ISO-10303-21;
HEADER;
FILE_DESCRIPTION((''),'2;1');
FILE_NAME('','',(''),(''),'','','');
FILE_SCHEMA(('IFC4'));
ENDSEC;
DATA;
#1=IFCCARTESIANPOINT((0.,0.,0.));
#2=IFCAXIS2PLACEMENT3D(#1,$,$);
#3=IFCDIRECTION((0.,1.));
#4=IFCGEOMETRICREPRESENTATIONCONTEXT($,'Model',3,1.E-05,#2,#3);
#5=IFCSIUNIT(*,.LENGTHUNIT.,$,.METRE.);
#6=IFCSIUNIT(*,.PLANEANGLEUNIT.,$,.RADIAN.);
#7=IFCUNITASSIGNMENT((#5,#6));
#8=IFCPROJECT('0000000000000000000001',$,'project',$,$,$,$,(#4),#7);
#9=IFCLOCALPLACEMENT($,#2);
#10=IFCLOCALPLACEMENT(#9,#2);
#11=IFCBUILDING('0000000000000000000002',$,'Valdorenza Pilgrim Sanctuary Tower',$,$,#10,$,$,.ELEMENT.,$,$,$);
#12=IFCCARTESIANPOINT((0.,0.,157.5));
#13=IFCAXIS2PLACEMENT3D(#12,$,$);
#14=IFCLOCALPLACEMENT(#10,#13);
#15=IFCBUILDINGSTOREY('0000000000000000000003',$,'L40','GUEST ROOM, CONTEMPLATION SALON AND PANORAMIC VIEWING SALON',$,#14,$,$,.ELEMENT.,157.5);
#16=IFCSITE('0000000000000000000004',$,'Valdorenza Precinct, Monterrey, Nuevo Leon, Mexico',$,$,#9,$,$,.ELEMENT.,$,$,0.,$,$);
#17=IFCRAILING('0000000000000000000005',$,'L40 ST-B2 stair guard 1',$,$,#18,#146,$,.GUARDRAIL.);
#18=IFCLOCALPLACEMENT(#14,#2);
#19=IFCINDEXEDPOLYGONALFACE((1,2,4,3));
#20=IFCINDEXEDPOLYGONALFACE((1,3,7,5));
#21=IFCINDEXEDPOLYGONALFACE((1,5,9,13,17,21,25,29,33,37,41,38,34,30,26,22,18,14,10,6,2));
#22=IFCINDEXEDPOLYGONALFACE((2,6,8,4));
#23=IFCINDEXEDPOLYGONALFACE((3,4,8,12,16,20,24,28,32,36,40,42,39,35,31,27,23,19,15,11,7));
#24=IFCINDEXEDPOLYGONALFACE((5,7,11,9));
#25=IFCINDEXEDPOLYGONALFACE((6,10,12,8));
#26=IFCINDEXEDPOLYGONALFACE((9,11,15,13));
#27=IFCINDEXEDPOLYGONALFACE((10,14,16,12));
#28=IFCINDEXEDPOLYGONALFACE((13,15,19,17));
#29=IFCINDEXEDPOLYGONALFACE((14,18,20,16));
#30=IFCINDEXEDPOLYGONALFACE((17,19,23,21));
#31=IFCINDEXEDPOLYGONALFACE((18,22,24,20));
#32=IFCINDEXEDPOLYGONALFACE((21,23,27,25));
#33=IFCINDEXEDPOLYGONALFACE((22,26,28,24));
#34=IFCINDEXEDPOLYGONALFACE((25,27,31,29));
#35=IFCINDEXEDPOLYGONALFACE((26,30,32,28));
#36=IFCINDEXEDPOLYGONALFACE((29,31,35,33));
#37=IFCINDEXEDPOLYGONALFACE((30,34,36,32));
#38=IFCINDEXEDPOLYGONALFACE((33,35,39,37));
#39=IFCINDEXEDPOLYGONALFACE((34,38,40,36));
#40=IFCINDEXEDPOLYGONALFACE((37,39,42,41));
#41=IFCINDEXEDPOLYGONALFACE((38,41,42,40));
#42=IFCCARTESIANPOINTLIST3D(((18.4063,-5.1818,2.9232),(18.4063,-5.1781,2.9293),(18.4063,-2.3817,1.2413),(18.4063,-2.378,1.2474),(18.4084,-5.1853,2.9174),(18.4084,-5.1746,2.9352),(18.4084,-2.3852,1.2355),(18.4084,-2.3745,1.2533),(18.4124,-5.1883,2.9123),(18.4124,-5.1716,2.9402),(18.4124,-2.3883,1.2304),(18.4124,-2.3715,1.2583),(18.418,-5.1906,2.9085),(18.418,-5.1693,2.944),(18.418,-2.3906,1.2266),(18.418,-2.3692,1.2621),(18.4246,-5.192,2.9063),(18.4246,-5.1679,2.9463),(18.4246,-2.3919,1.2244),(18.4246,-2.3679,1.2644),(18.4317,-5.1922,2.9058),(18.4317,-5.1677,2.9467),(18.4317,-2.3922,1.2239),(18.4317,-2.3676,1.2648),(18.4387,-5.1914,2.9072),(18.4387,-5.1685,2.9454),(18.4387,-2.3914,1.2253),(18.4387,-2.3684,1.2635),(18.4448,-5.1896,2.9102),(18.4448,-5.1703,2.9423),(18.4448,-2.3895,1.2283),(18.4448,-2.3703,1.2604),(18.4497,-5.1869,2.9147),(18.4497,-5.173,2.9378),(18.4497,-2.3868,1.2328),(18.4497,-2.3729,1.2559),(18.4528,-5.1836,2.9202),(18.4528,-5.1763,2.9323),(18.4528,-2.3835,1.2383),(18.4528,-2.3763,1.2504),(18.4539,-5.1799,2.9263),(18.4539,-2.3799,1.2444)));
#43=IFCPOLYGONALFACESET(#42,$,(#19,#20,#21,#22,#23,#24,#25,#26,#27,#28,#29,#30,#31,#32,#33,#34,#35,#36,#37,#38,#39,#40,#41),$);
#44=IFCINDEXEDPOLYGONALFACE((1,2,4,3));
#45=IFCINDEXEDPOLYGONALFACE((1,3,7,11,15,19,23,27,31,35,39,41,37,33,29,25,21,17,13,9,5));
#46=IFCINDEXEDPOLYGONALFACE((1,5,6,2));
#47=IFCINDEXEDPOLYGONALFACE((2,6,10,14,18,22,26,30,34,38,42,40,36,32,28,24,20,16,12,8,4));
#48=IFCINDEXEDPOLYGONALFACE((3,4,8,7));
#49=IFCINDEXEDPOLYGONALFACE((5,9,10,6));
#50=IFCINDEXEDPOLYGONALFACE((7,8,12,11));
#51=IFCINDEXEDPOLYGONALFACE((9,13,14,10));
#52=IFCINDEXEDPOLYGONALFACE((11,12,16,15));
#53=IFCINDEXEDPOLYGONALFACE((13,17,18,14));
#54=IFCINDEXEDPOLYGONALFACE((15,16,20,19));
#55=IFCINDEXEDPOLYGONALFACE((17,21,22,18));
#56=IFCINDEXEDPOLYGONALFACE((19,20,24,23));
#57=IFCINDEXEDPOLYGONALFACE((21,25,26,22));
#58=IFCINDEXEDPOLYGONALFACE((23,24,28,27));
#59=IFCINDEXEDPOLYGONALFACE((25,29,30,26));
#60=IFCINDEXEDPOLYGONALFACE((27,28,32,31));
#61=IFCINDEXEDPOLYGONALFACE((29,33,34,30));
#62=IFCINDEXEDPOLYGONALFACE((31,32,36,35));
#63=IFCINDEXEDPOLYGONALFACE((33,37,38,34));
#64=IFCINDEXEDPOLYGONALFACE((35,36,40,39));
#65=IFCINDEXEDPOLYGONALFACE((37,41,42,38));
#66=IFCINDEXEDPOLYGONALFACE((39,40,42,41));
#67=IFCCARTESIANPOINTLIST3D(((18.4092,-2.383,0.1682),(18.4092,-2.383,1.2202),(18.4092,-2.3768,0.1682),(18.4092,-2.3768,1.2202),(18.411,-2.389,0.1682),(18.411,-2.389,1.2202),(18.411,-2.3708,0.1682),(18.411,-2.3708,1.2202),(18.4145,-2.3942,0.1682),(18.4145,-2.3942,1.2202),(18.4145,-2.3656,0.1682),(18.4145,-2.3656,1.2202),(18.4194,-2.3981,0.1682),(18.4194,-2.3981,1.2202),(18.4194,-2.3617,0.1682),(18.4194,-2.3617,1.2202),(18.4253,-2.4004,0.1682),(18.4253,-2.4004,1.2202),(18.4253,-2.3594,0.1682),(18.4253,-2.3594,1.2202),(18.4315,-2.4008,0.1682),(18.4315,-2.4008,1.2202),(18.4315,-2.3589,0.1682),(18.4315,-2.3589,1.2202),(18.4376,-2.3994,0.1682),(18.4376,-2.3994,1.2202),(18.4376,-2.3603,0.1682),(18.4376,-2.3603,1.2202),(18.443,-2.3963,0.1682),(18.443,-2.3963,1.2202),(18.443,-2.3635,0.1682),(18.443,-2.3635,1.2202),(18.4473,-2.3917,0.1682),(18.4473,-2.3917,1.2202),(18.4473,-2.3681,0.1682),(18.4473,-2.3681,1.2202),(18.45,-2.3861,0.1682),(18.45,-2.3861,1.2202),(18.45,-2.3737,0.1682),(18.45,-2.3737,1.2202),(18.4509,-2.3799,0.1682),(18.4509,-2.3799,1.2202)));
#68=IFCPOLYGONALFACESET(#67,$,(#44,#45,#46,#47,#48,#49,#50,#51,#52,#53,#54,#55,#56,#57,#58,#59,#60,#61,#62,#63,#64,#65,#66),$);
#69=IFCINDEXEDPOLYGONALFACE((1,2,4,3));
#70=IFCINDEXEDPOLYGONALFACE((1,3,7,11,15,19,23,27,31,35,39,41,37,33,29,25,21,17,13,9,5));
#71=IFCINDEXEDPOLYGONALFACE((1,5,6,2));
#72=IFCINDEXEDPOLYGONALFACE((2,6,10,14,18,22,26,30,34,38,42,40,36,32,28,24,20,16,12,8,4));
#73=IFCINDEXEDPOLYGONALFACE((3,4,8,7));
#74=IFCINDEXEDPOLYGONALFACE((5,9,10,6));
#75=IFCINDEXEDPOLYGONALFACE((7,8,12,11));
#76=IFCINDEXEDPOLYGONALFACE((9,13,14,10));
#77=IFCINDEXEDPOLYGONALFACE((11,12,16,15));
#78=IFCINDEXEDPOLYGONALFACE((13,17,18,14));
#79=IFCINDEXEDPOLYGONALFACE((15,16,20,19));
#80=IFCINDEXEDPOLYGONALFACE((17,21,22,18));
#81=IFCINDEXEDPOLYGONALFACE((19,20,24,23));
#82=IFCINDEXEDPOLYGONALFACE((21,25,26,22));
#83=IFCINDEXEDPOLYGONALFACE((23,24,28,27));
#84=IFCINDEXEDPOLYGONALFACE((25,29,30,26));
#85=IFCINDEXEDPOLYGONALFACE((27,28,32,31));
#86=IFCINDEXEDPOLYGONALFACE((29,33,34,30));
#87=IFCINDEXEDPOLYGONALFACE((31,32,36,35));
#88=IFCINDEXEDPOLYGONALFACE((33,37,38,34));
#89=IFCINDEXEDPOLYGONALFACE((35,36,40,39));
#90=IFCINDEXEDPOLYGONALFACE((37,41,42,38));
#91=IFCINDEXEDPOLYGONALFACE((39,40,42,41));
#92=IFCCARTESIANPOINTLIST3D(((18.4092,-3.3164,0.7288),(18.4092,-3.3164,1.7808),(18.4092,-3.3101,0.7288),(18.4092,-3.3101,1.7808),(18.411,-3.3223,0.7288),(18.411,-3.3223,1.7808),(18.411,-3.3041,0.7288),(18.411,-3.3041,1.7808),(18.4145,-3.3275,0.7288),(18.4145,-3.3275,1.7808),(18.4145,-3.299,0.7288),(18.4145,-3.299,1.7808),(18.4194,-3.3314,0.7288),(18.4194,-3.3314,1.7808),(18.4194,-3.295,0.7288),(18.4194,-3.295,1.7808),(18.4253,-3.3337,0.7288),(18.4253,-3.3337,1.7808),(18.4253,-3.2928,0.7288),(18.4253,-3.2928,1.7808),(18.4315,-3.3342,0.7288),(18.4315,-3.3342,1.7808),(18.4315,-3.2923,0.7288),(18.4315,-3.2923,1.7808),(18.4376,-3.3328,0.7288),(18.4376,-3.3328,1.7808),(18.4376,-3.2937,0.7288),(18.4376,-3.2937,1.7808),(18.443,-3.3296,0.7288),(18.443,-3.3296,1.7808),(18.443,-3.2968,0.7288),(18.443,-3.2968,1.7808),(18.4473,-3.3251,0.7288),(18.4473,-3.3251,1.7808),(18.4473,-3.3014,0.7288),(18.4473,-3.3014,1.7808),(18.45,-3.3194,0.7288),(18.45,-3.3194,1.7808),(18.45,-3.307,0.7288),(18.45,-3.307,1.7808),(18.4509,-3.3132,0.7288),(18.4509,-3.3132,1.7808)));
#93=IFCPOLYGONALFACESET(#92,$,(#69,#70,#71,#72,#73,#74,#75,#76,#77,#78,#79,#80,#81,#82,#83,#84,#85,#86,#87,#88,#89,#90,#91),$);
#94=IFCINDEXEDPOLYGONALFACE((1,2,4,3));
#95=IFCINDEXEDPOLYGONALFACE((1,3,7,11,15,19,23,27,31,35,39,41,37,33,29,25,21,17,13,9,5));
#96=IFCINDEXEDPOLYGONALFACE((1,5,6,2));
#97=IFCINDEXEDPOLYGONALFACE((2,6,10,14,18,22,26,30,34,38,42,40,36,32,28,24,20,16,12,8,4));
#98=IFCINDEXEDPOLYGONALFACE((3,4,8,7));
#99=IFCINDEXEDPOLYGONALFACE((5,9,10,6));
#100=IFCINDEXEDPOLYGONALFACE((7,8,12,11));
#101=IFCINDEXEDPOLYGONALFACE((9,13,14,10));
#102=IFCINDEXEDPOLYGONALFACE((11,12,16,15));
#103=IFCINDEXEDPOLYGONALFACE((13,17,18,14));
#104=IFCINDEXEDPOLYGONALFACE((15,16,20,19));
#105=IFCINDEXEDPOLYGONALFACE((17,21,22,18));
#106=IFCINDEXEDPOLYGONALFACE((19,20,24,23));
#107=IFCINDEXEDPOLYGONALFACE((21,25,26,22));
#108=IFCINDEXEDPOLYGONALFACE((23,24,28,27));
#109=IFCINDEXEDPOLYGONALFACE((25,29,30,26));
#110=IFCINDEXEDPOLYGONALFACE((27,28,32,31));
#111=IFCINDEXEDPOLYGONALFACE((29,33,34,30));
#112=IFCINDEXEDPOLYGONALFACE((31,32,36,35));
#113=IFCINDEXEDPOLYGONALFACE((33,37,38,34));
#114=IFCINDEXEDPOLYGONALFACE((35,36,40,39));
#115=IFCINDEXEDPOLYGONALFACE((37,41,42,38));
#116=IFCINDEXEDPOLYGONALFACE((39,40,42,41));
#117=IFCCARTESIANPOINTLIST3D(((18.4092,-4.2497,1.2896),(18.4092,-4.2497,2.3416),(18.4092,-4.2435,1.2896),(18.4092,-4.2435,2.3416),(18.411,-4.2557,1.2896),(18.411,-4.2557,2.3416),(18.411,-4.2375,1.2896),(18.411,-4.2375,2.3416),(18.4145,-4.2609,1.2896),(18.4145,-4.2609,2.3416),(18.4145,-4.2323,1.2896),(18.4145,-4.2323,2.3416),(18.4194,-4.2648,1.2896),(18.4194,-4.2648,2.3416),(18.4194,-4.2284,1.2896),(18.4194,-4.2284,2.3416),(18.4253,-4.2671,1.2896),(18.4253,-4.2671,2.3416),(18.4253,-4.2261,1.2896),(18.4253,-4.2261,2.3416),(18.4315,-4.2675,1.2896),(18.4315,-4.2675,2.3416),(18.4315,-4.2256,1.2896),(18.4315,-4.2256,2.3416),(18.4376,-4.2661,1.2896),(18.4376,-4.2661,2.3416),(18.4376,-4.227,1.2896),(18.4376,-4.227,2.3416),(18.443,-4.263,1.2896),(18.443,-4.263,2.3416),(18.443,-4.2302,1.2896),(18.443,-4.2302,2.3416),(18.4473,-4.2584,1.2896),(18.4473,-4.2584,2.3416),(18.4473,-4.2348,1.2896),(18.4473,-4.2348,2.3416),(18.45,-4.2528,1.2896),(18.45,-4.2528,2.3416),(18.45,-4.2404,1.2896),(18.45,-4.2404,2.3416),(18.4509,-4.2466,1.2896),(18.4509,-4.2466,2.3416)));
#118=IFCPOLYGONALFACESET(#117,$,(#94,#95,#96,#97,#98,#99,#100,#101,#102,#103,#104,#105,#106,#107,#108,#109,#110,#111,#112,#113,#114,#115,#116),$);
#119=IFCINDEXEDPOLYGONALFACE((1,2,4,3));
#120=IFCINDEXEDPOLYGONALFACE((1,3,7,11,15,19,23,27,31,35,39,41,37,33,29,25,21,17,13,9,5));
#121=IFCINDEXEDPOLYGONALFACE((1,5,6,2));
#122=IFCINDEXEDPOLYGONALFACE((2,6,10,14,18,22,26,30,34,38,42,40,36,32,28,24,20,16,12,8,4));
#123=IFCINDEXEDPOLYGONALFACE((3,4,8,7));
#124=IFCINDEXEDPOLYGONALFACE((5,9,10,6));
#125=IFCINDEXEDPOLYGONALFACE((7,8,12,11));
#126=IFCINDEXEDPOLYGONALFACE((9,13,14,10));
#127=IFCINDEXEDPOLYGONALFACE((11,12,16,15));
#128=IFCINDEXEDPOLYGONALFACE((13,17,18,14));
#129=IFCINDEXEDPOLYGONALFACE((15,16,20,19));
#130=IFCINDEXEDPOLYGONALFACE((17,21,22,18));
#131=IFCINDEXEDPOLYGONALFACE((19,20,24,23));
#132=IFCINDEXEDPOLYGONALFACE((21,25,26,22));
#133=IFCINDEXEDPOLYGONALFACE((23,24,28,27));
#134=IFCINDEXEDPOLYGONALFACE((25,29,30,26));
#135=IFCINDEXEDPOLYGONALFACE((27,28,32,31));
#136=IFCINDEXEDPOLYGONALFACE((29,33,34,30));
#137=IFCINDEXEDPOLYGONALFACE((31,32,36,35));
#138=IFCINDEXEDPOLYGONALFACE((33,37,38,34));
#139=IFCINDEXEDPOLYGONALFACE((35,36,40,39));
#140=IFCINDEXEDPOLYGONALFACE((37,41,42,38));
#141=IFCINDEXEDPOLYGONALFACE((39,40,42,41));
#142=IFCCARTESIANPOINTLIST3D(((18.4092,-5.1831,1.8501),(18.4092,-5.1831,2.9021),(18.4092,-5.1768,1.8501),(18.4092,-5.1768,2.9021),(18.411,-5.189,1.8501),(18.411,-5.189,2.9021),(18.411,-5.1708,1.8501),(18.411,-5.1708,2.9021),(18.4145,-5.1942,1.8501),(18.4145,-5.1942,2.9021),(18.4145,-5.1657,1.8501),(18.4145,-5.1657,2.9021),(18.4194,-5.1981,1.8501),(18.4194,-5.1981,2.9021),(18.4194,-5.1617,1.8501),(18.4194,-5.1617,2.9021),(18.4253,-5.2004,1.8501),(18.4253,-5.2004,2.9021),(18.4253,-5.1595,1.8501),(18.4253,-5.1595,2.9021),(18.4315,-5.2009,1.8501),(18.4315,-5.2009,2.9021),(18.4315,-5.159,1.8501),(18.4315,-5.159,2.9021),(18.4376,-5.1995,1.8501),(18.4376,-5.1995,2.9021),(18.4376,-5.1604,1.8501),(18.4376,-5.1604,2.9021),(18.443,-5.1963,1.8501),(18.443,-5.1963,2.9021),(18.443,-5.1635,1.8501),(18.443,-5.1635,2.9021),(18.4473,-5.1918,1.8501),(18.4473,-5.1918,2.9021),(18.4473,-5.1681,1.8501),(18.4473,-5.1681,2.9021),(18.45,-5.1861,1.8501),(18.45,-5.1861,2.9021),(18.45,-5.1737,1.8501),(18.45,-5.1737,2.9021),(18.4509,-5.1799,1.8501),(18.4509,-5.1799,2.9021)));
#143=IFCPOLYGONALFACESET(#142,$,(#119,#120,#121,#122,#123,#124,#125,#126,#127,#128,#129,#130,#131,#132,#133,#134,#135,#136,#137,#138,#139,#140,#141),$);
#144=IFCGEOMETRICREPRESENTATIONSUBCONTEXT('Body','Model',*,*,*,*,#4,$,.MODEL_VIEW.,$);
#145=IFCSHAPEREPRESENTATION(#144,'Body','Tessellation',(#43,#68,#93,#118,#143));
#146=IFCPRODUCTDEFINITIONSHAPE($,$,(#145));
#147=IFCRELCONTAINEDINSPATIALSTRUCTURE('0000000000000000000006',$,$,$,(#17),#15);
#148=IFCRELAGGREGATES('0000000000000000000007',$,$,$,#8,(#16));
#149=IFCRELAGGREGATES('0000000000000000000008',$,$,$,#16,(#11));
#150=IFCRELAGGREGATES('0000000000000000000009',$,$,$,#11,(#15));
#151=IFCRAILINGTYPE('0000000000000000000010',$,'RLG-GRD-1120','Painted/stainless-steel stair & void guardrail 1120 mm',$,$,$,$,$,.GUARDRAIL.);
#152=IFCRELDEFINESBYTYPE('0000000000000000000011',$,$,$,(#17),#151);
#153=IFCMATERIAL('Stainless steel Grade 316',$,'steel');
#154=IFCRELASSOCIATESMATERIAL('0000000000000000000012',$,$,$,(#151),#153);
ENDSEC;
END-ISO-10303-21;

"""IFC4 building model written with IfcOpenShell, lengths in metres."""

from ifc_helpers import new_model, si_unit, direction, frame, origin, origin_2d, place, context, subcontext, project, spatial, circle, extrude, material, type_object, element, save


model = new_model("IFC4")

# Units and contexts
model_context = context("Model", 3, precision=1e-05, world=origin(), true_north=direction((0.0, 1.0)))
body_context = subcontext(model_context, "Body", "Model", "MODEL_VIEW")
ifc_project = project(units=[si_unit("LENGTHUNIT", "METRE"), si_unit("PLANEANGLEUNIT", "RADIAN")], contexts=[model_context])

# Site, building, storey
site_placement = place(None, origin())
site = spatial("IfcSite", under=ifc_project, at=site_placement, Name="Valdorenza Precinct, Monterrey, Nuevo Leon, Mexico", CompositionType="ELEMENT", RefElevation=0.0)
building_placement = place(site_placement, origin())
building = spatial("IfcBuilding", under=site, at=building_placement, Name="Valdorenza Pilgrim Sanctuary Tower", CompositionType="ELEMENT")
storey_placement = place(building_placement, frame((0.0, 0.0, 157.5)))
storey = spatial("IfcBuildingStorey", under=building, at=storey_placement, Name="L40", Description="GUEST ROOM, CONTEMPLATION SALON AND PANORAMIC VIEWING SALON", CompositionType="ELEMENT", Elevation=157.5)

# Railing
ifc_material_1 = material(Name="Stainless steel Grade 316", Category="steel")
railing_type_1 = type_object("IfcRailingType", Name="RLG-GRD-1120", Description="Painted/stainless-steel stair & void guardrail 1120 mm", PredefinedType="GUARDRAIL", material=ifc_material_1)
railing_1_placement = place(storey_placement, frame((18.4299, -2.3799, 0.1682)))
element("IfcRailing", 1, at=railing_1_placement, inside=storey, type_object=railing_type_1, Name="L40 ST-B2 stair guard 1", PredefinedType="GUARDRAIL", context=body_context, shape_type="SweptSolid", body=[
    extrude(circle(Radius=0.0239, at=origin_2d()), frame((0.0, 0.0, 1.0762), z_axis=(0.0, -0.857242, 0.514913), x_axis=(1.0, 0.0, 0.0)), (0.0, 0.0, 1.0), 3.2664),
    extrude(circle(Radius=0.021, at=origin_2d()), origin(), (0.0, 0.0, 1.0), 1.052),
    extrude(circle(Radius=0.021, at=origin_2d()), frame((0.0, -0.9333, 0.5605)), (0.0, 0.0, 1.0), 1.052),
    extrude(circle(Radius=0.021, at=origin_2d()), frame((0.0, -1.8667, 1.1213)), (0.0, 0.0, 1.0), 1.052),
    extrude(circle(Radius=0.021, at=origin_2d()), frame((0.0, -2.8, 1.6819)), (0.0, 0.0, 1.0), 1.052),
])

save(model, "model.ifc")
